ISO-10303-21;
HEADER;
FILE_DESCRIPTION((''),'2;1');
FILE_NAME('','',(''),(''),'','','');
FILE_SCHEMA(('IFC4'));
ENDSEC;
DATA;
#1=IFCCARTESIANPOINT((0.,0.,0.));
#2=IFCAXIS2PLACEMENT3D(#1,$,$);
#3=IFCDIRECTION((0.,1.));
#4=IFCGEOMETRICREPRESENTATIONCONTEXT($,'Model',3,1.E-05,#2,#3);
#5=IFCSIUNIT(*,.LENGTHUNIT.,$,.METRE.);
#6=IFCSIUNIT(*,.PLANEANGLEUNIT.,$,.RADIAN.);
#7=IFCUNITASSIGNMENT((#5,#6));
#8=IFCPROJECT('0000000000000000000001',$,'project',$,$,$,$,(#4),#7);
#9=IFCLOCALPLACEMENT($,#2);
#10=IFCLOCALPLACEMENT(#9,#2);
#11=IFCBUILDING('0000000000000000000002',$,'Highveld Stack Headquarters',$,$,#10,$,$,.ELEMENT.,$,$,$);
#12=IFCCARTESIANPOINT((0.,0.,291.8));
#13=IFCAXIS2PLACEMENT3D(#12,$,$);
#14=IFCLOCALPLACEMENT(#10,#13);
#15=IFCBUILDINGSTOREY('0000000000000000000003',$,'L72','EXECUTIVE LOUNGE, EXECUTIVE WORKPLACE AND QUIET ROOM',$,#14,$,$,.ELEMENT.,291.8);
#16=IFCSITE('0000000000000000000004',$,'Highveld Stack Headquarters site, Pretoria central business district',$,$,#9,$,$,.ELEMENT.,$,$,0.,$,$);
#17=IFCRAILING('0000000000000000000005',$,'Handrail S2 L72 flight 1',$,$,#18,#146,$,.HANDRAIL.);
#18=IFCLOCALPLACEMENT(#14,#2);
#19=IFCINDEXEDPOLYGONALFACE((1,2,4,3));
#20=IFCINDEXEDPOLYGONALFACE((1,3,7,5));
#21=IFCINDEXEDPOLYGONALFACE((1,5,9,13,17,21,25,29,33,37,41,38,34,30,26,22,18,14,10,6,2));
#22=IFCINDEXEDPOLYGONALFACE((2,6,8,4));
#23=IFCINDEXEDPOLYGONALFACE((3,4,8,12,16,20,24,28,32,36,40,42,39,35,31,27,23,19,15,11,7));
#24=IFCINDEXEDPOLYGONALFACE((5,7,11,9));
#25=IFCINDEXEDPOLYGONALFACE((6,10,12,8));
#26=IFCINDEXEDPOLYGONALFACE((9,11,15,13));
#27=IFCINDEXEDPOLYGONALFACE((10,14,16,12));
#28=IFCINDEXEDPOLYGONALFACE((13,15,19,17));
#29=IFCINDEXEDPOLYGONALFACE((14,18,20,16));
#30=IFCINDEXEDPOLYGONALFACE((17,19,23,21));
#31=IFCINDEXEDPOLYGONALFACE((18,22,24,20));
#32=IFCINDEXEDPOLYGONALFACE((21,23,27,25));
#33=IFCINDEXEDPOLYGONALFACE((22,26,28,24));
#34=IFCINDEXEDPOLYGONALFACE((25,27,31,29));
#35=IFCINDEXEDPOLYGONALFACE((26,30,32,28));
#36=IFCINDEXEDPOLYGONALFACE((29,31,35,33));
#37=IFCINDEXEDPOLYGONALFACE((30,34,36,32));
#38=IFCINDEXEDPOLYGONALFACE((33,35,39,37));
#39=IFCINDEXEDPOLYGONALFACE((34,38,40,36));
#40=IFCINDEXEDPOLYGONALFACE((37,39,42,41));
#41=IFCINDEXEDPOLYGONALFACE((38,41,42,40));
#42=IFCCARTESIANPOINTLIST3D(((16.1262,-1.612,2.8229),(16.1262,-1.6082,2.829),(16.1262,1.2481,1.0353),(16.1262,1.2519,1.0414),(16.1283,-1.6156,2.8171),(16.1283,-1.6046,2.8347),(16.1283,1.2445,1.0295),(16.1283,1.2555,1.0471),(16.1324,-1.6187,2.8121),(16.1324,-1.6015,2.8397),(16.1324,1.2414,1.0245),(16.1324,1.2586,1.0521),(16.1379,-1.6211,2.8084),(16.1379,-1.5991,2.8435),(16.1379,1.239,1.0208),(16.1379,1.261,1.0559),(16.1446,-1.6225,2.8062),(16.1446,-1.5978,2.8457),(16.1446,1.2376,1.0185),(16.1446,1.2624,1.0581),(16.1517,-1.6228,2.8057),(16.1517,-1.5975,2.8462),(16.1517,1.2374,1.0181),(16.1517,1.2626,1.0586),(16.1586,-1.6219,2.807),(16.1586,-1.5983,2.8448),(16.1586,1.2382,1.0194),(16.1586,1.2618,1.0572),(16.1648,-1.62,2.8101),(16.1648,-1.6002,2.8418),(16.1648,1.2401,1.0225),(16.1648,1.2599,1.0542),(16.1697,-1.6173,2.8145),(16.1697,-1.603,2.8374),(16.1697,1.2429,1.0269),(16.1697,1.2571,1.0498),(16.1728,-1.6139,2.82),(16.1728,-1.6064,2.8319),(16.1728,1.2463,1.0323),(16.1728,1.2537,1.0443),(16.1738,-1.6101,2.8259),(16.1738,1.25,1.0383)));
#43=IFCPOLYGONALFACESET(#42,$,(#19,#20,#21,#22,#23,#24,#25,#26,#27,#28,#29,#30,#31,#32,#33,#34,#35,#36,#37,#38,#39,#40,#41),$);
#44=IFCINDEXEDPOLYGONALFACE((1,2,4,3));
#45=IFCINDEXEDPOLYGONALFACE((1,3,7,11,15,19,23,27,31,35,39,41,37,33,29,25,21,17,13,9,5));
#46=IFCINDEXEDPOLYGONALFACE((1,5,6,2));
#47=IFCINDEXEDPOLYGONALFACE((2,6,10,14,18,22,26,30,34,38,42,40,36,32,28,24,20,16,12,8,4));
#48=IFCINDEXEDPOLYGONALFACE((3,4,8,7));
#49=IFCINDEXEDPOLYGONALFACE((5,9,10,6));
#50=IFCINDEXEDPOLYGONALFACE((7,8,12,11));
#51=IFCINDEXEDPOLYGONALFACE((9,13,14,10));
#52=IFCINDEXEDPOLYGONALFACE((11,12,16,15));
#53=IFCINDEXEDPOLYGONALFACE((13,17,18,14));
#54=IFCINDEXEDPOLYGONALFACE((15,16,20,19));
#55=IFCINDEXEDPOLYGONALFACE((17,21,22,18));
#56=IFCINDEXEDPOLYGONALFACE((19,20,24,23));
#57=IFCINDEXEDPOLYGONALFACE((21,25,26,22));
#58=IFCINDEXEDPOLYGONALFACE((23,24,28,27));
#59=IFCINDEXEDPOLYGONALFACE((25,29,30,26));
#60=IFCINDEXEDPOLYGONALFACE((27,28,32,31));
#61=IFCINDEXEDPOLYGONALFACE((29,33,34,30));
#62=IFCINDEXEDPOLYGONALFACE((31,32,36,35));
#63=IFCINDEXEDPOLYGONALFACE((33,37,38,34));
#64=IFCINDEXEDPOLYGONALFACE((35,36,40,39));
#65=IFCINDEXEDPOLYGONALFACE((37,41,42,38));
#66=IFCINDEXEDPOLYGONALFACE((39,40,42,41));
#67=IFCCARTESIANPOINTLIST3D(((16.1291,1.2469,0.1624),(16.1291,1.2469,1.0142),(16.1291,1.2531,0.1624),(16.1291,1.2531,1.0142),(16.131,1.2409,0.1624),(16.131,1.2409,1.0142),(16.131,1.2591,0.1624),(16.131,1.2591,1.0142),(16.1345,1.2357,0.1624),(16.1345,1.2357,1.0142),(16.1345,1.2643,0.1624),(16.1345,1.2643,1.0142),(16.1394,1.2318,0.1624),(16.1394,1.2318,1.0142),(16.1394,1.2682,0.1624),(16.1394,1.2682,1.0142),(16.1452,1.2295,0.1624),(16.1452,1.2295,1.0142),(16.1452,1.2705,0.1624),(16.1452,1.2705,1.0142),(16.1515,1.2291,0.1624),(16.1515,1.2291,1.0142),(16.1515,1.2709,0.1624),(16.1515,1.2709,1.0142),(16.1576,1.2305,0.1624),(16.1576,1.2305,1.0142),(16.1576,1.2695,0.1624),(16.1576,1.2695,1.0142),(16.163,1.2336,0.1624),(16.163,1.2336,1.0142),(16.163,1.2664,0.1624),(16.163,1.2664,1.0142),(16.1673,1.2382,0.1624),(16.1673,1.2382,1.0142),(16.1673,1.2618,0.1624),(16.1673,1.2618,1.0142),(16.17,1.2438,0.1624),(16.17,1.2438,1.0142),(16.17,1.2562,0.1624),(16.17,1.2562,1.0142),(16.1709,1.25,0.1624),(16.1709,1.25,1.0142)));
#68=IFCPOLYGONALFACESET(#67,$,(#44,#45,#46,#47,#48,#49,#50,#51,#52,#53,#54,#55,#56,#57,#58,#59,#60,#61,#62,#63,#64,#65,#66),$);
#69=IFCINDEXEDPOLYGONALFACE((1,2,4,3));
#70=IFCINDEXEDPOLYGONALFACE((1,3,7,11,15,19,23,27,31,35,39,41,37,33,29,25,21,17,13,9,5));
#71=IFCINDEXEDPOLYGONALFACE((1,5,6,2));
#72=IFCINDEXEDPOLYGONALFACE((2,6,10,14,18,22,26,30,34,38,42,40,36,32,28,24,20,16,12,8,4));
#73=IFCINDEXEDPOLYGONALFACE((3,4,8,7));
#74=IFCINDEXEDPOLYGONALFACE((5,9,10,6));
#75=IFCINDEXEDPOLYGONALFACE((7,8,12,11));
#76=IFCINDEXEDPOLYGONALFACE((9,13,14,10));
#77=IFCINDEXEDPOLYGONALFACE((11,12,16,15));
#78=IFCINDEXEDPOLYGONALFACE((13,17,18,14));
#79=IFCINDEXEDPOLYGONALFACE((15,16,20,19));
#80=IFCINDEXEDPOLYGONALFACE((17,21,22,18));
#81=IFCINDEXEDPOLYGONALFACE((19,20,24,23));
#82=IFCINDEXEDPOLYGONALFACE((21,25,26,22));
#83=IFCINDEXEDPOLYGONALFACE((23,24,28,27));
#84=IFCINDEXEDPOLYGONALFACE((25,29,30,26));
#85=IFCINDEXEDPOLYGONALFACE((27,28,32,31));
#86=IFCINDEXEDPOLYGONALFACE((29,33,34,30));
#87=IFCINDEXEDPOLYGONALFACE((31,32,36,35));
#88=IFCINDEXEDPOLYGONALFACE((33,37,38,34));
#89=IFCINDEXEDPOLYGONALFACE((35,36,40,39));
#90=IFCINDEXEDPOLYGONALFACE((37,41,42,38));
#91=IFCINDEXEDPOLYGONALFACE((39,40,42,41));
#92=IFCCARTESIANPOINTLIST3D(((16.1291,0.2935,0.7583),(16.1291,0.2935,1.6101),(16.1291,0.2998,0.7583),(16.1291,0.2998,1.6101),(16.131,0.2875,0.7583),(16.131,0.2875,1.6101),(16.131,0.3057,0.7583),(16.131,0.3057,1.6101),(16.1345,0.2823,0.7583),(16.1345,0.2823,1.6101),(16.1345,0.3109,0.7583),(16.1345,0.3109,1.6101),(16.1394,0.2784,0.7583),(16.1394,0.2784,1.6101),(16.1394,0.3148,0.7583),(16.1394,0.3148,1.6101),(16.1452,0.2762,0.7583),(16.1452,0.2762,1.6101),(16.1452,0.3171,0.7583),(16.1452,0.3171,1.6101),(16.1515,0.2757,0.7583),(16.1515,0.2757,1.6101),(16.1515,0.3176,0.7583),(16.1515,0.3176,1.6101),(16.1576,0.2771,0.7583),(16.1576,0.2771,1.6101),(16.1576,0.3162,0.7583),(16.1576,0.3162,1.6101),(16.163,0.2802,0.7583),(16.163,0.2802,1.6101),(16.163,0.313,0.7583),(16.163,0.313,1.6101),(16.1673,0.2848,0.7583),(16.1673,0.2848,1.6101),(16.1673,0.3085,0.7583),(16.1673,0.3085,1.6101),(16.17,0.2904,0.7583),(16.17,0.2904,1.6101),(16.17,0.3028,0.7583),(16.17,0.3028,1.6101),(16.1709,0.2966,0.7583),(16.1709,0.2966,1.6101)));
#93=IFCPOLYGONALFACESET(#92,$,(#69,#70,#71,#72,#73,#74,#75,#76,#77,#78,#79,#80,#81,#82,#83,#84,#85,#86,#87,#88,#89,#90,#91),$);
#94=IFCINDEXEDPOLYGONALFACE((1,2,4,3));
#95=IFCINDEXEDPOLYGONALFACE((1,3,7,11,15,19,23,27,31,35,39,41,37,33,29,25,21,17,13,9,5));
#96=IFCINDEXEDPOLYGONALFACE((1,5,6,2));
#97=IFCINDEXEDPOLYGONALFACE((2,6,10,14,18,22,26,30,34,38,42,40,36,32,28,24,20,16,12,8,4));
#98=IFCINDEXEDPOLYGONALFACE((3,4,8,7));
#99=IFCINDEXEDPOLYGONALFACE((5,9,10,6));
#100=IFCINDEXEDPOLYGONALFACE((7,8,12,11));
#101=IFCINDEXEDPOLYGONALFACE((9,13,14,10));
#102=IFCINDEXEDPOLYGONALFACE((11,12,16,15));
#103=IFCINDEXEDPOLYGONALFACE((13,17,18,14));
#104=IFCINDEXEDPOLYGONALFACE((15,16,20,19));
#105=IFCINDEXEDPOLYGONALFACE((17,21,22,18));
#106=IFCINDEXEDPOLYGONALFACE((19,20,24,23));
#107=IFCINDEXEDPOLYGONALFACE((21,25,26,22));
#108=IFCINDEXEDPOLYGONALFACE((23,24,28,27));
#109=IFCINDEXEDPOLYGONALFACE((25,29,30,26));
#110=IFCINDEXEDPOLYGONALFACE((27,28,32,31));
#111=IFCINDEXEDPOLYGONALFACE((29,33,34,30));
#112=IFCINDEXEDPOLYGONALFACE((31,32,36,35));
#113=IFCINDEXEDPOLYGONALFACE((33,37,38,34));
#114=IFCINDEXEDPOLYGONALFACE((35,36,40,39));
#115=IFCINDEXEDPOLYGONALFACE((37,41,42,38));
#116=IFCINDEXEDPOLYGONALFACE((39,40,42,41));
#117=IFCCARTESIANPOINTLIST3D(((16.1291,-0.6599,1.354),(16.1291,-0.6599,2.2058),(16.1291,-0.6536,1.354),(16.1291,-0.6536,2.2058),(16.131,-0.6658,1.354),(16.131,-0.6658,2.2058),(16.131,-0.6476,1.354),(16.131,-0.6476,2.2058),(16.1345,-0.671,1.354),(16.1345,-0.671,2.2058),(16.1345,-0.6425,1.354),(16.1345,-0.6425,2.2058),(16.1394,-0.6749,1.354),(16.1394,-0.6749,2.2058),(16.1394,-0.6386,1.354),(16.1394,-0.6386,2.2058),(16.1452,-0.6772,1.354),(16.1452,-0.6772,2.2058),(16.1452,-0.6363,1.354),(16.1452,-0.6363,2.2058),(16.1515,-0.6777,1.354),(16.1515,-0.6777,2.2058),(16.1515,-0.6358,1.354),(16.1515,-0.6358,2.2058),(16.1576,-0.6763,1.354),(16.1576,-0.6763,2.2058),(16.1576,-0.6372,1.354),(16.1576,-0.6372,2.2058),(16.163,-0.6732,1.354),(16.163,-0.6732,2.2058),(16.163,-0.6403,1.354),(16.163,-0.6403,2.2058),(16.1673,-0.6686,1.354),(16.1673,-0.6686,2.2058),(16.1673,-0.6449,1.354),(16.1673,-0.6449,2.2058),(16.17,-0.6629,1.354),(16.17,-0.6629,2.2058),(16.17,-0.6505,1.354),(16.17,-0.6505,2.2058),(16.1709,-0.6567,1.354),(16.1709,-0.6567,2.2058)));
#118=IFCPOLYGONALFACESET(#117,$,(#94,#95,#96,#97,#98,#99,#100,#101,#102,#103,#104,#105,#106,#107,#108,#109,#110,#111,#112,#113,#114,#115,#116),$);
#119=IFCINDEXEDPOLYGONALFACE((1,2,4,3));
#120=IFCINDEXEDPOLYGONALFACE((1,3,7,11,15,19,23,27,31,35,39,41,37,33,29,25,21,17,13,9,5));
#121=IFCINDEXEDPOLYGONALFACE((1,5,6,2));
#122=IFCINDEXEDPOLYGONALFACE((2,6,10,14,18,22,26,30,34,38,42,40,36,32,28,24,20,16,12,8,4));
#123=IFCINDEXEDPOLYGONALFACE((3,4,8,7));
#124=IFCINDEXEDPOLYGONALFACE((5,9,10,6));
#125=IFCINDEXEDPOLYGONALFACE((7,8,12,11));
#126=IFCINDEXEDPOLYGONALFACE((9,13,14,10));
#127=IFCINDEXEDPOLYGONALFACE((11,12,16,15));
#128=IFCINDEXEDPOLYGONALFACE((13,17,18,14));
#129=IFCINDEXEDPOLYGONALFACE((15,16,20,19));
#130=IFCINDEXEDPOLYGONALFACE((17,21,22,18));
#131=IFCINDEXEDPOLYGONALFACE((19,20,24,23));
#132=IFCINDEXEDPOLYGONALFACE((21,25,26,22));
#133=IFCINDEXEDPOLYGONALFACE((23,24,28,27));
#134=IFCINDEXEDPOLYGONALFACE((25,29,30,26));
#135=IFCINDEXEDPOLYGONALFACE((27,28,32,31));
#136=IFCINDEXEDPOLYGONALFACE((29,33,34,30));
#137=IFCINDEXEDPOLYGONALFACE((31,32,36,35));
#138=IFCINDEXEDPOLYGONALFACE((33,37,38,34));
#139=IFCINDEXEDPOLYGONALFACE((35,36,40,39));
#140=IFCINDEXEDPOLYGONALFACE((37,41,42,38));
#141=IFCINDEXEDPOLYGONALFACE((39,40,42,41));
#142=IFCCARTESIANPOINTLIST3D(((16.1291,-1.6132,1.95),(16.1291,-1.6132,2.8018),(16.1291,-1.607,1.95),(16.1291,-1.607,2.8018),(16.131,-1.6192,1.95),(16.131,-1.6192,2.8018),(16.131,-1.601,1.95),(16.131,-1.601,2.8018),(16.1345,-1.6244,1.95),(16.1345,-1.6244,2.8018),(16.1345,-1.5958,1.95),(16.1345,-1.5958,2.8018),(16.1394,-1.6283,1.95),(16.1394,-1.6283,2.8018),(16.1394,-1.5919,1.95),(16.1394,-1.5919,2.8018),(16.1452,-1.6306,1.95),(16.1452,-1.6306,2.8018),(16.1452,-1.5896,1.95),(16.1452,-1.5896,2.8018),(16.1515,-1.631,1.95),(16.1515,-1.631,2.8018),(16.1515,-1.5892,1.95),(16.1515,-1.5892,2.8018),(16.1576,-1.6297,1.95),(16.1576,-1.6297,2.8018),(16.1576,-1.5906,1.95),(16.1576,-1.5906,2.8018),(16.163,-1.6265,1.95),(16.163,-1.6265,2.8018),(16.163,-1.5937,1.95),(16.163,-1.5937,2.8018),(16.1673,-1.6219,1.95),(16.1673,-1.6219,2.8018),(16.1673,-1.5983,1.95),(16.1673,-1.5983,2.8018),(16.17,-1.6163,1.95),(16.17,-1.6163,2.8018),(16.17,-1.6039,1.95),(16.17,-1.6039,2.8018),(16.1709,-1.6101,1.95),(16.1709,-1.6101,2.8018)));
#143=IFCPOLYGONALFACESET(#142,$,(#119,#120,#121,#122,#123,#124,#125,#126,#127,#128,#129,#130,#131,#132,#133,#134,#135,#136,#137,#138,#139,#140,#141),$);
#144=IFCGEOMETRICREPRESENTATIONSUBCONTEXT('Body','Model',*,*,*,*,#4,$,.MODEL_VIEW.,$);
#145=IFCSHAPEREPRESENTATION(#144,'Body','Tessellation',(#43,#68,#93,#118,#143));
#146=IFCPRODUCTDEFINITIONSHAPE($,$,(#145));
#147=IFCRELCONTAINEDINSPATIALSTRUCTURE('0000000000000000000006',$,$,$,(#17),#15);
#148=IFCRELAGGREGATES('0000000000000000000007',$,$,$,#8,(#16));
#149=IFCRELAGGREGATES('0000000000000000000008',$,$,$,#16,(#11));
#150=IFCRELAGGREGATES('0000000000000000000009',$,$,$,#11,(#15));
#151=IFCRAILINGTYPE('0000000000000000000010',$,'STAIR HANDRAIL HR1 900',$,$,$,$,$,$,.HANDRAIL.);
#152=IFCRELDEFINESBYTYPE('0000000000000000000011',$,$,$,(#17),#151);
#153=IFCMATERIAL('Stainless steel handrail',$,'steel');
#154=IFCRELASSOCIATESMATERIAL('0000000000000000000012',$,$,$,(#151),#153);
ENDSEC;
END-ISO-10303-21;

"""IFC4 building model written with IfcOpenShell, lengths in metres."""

from ifc_helpers import new_model, si_unit, direction, frame, origin, origin_2d, place, context, subcontext, project, spatial, circle, extrude, material, type_object, element, save


model = new_model("IFC4")

# Units and contexts
model_context = context("Model", 3, precision=1e-05, world=origin(), true_north=direction((0.0, 1.0)))
body_context = subcontext(model_context, "Body", "Model", "MODEL_VIEW")
ifc_project = project(units=[si_unit("LENGTHUNIT", "METRE"), si_unit("PLANEANGLEUNIT", "RADIAN")], contexts=[model_context])

# Site, building, storey
site_placement = place(None, origin())
site = spatial("IfcSite", under=ifc_project, at=site_placement, Name="Highveld Stack Headquarters site, Pretoria central business district", CompositionType="ELEMENT", RefElevation=0.0)
building_placement = place(site_placement, origin())
building = spatial("IfcBuilding", under=site, at=building_placement, Name="Highveld Stack Headquarters", CompositionType="ELEMENT")
storey_placement = place(building_placement, frame((0.0, 0.0, 291.8)))
storey = spatial("IfcBuildingStorey", under=building, at=storey_placement, Name="L72", Description="EXECUTIVE LOUNGE, EXECUTIVE WORKPLACE AND QUIET ROOM", CompositionType="ELEMENT", Elevation=291.8)

# Railing
ifc_material_1 = material(Name="Stainless steel handrail", Category="steel")
railing_type = type_object("IfcRailingType", Name="STAIR HANDRAIL HR1 900", PredefinedType="HANDRAIL", material=ifc_material_1)
for number, where, name in (
    (1, (16.1499, 1.25, 0.1624), "Handrail S2 L72 flight 1"),
):
    element("IfcRailing", number, at=place(storey_placement, frame(where)), inside=storey, type_object=railing_type, Name=name, PredefinedType="HANDRAIL", context=body_context, shape_type="SweptSolid", body=[
        extrude(circle(Radius=0.0239, at=origin_2d()), frame((0.0, 0.0, 0.876), z_axis=(0.0, -0.847994, 0.530005), x_axis=(1.0, 0.0, 0.0)), (0.0, 0.0, 1.0), 3.3728),
        extrude(circle(Radius=0.021, at=origin_2d()), origin(), (0.0, 0.0, 1.0), 0.8518),
        extrude(circle(Radius=0.021, at=origin_2d()), frame((0.0, -0.9534, 0.5959)), (0.0, 0.0, 1.0), 0.8518),
        extrude(circle(Radius=0.021, at=origin_2d()), frame((0.0, -1.9067, 1.1917)), (0.0, 0.0, 1.0), 0.8518),
        extrude(circle(Radius=0.021, at=origin_2d()), frame((0.0, -2.8601, 1.7876)), (0.0, 0.0, 1.0), 0.8518),
    ])

save(model, "model.ifc")
